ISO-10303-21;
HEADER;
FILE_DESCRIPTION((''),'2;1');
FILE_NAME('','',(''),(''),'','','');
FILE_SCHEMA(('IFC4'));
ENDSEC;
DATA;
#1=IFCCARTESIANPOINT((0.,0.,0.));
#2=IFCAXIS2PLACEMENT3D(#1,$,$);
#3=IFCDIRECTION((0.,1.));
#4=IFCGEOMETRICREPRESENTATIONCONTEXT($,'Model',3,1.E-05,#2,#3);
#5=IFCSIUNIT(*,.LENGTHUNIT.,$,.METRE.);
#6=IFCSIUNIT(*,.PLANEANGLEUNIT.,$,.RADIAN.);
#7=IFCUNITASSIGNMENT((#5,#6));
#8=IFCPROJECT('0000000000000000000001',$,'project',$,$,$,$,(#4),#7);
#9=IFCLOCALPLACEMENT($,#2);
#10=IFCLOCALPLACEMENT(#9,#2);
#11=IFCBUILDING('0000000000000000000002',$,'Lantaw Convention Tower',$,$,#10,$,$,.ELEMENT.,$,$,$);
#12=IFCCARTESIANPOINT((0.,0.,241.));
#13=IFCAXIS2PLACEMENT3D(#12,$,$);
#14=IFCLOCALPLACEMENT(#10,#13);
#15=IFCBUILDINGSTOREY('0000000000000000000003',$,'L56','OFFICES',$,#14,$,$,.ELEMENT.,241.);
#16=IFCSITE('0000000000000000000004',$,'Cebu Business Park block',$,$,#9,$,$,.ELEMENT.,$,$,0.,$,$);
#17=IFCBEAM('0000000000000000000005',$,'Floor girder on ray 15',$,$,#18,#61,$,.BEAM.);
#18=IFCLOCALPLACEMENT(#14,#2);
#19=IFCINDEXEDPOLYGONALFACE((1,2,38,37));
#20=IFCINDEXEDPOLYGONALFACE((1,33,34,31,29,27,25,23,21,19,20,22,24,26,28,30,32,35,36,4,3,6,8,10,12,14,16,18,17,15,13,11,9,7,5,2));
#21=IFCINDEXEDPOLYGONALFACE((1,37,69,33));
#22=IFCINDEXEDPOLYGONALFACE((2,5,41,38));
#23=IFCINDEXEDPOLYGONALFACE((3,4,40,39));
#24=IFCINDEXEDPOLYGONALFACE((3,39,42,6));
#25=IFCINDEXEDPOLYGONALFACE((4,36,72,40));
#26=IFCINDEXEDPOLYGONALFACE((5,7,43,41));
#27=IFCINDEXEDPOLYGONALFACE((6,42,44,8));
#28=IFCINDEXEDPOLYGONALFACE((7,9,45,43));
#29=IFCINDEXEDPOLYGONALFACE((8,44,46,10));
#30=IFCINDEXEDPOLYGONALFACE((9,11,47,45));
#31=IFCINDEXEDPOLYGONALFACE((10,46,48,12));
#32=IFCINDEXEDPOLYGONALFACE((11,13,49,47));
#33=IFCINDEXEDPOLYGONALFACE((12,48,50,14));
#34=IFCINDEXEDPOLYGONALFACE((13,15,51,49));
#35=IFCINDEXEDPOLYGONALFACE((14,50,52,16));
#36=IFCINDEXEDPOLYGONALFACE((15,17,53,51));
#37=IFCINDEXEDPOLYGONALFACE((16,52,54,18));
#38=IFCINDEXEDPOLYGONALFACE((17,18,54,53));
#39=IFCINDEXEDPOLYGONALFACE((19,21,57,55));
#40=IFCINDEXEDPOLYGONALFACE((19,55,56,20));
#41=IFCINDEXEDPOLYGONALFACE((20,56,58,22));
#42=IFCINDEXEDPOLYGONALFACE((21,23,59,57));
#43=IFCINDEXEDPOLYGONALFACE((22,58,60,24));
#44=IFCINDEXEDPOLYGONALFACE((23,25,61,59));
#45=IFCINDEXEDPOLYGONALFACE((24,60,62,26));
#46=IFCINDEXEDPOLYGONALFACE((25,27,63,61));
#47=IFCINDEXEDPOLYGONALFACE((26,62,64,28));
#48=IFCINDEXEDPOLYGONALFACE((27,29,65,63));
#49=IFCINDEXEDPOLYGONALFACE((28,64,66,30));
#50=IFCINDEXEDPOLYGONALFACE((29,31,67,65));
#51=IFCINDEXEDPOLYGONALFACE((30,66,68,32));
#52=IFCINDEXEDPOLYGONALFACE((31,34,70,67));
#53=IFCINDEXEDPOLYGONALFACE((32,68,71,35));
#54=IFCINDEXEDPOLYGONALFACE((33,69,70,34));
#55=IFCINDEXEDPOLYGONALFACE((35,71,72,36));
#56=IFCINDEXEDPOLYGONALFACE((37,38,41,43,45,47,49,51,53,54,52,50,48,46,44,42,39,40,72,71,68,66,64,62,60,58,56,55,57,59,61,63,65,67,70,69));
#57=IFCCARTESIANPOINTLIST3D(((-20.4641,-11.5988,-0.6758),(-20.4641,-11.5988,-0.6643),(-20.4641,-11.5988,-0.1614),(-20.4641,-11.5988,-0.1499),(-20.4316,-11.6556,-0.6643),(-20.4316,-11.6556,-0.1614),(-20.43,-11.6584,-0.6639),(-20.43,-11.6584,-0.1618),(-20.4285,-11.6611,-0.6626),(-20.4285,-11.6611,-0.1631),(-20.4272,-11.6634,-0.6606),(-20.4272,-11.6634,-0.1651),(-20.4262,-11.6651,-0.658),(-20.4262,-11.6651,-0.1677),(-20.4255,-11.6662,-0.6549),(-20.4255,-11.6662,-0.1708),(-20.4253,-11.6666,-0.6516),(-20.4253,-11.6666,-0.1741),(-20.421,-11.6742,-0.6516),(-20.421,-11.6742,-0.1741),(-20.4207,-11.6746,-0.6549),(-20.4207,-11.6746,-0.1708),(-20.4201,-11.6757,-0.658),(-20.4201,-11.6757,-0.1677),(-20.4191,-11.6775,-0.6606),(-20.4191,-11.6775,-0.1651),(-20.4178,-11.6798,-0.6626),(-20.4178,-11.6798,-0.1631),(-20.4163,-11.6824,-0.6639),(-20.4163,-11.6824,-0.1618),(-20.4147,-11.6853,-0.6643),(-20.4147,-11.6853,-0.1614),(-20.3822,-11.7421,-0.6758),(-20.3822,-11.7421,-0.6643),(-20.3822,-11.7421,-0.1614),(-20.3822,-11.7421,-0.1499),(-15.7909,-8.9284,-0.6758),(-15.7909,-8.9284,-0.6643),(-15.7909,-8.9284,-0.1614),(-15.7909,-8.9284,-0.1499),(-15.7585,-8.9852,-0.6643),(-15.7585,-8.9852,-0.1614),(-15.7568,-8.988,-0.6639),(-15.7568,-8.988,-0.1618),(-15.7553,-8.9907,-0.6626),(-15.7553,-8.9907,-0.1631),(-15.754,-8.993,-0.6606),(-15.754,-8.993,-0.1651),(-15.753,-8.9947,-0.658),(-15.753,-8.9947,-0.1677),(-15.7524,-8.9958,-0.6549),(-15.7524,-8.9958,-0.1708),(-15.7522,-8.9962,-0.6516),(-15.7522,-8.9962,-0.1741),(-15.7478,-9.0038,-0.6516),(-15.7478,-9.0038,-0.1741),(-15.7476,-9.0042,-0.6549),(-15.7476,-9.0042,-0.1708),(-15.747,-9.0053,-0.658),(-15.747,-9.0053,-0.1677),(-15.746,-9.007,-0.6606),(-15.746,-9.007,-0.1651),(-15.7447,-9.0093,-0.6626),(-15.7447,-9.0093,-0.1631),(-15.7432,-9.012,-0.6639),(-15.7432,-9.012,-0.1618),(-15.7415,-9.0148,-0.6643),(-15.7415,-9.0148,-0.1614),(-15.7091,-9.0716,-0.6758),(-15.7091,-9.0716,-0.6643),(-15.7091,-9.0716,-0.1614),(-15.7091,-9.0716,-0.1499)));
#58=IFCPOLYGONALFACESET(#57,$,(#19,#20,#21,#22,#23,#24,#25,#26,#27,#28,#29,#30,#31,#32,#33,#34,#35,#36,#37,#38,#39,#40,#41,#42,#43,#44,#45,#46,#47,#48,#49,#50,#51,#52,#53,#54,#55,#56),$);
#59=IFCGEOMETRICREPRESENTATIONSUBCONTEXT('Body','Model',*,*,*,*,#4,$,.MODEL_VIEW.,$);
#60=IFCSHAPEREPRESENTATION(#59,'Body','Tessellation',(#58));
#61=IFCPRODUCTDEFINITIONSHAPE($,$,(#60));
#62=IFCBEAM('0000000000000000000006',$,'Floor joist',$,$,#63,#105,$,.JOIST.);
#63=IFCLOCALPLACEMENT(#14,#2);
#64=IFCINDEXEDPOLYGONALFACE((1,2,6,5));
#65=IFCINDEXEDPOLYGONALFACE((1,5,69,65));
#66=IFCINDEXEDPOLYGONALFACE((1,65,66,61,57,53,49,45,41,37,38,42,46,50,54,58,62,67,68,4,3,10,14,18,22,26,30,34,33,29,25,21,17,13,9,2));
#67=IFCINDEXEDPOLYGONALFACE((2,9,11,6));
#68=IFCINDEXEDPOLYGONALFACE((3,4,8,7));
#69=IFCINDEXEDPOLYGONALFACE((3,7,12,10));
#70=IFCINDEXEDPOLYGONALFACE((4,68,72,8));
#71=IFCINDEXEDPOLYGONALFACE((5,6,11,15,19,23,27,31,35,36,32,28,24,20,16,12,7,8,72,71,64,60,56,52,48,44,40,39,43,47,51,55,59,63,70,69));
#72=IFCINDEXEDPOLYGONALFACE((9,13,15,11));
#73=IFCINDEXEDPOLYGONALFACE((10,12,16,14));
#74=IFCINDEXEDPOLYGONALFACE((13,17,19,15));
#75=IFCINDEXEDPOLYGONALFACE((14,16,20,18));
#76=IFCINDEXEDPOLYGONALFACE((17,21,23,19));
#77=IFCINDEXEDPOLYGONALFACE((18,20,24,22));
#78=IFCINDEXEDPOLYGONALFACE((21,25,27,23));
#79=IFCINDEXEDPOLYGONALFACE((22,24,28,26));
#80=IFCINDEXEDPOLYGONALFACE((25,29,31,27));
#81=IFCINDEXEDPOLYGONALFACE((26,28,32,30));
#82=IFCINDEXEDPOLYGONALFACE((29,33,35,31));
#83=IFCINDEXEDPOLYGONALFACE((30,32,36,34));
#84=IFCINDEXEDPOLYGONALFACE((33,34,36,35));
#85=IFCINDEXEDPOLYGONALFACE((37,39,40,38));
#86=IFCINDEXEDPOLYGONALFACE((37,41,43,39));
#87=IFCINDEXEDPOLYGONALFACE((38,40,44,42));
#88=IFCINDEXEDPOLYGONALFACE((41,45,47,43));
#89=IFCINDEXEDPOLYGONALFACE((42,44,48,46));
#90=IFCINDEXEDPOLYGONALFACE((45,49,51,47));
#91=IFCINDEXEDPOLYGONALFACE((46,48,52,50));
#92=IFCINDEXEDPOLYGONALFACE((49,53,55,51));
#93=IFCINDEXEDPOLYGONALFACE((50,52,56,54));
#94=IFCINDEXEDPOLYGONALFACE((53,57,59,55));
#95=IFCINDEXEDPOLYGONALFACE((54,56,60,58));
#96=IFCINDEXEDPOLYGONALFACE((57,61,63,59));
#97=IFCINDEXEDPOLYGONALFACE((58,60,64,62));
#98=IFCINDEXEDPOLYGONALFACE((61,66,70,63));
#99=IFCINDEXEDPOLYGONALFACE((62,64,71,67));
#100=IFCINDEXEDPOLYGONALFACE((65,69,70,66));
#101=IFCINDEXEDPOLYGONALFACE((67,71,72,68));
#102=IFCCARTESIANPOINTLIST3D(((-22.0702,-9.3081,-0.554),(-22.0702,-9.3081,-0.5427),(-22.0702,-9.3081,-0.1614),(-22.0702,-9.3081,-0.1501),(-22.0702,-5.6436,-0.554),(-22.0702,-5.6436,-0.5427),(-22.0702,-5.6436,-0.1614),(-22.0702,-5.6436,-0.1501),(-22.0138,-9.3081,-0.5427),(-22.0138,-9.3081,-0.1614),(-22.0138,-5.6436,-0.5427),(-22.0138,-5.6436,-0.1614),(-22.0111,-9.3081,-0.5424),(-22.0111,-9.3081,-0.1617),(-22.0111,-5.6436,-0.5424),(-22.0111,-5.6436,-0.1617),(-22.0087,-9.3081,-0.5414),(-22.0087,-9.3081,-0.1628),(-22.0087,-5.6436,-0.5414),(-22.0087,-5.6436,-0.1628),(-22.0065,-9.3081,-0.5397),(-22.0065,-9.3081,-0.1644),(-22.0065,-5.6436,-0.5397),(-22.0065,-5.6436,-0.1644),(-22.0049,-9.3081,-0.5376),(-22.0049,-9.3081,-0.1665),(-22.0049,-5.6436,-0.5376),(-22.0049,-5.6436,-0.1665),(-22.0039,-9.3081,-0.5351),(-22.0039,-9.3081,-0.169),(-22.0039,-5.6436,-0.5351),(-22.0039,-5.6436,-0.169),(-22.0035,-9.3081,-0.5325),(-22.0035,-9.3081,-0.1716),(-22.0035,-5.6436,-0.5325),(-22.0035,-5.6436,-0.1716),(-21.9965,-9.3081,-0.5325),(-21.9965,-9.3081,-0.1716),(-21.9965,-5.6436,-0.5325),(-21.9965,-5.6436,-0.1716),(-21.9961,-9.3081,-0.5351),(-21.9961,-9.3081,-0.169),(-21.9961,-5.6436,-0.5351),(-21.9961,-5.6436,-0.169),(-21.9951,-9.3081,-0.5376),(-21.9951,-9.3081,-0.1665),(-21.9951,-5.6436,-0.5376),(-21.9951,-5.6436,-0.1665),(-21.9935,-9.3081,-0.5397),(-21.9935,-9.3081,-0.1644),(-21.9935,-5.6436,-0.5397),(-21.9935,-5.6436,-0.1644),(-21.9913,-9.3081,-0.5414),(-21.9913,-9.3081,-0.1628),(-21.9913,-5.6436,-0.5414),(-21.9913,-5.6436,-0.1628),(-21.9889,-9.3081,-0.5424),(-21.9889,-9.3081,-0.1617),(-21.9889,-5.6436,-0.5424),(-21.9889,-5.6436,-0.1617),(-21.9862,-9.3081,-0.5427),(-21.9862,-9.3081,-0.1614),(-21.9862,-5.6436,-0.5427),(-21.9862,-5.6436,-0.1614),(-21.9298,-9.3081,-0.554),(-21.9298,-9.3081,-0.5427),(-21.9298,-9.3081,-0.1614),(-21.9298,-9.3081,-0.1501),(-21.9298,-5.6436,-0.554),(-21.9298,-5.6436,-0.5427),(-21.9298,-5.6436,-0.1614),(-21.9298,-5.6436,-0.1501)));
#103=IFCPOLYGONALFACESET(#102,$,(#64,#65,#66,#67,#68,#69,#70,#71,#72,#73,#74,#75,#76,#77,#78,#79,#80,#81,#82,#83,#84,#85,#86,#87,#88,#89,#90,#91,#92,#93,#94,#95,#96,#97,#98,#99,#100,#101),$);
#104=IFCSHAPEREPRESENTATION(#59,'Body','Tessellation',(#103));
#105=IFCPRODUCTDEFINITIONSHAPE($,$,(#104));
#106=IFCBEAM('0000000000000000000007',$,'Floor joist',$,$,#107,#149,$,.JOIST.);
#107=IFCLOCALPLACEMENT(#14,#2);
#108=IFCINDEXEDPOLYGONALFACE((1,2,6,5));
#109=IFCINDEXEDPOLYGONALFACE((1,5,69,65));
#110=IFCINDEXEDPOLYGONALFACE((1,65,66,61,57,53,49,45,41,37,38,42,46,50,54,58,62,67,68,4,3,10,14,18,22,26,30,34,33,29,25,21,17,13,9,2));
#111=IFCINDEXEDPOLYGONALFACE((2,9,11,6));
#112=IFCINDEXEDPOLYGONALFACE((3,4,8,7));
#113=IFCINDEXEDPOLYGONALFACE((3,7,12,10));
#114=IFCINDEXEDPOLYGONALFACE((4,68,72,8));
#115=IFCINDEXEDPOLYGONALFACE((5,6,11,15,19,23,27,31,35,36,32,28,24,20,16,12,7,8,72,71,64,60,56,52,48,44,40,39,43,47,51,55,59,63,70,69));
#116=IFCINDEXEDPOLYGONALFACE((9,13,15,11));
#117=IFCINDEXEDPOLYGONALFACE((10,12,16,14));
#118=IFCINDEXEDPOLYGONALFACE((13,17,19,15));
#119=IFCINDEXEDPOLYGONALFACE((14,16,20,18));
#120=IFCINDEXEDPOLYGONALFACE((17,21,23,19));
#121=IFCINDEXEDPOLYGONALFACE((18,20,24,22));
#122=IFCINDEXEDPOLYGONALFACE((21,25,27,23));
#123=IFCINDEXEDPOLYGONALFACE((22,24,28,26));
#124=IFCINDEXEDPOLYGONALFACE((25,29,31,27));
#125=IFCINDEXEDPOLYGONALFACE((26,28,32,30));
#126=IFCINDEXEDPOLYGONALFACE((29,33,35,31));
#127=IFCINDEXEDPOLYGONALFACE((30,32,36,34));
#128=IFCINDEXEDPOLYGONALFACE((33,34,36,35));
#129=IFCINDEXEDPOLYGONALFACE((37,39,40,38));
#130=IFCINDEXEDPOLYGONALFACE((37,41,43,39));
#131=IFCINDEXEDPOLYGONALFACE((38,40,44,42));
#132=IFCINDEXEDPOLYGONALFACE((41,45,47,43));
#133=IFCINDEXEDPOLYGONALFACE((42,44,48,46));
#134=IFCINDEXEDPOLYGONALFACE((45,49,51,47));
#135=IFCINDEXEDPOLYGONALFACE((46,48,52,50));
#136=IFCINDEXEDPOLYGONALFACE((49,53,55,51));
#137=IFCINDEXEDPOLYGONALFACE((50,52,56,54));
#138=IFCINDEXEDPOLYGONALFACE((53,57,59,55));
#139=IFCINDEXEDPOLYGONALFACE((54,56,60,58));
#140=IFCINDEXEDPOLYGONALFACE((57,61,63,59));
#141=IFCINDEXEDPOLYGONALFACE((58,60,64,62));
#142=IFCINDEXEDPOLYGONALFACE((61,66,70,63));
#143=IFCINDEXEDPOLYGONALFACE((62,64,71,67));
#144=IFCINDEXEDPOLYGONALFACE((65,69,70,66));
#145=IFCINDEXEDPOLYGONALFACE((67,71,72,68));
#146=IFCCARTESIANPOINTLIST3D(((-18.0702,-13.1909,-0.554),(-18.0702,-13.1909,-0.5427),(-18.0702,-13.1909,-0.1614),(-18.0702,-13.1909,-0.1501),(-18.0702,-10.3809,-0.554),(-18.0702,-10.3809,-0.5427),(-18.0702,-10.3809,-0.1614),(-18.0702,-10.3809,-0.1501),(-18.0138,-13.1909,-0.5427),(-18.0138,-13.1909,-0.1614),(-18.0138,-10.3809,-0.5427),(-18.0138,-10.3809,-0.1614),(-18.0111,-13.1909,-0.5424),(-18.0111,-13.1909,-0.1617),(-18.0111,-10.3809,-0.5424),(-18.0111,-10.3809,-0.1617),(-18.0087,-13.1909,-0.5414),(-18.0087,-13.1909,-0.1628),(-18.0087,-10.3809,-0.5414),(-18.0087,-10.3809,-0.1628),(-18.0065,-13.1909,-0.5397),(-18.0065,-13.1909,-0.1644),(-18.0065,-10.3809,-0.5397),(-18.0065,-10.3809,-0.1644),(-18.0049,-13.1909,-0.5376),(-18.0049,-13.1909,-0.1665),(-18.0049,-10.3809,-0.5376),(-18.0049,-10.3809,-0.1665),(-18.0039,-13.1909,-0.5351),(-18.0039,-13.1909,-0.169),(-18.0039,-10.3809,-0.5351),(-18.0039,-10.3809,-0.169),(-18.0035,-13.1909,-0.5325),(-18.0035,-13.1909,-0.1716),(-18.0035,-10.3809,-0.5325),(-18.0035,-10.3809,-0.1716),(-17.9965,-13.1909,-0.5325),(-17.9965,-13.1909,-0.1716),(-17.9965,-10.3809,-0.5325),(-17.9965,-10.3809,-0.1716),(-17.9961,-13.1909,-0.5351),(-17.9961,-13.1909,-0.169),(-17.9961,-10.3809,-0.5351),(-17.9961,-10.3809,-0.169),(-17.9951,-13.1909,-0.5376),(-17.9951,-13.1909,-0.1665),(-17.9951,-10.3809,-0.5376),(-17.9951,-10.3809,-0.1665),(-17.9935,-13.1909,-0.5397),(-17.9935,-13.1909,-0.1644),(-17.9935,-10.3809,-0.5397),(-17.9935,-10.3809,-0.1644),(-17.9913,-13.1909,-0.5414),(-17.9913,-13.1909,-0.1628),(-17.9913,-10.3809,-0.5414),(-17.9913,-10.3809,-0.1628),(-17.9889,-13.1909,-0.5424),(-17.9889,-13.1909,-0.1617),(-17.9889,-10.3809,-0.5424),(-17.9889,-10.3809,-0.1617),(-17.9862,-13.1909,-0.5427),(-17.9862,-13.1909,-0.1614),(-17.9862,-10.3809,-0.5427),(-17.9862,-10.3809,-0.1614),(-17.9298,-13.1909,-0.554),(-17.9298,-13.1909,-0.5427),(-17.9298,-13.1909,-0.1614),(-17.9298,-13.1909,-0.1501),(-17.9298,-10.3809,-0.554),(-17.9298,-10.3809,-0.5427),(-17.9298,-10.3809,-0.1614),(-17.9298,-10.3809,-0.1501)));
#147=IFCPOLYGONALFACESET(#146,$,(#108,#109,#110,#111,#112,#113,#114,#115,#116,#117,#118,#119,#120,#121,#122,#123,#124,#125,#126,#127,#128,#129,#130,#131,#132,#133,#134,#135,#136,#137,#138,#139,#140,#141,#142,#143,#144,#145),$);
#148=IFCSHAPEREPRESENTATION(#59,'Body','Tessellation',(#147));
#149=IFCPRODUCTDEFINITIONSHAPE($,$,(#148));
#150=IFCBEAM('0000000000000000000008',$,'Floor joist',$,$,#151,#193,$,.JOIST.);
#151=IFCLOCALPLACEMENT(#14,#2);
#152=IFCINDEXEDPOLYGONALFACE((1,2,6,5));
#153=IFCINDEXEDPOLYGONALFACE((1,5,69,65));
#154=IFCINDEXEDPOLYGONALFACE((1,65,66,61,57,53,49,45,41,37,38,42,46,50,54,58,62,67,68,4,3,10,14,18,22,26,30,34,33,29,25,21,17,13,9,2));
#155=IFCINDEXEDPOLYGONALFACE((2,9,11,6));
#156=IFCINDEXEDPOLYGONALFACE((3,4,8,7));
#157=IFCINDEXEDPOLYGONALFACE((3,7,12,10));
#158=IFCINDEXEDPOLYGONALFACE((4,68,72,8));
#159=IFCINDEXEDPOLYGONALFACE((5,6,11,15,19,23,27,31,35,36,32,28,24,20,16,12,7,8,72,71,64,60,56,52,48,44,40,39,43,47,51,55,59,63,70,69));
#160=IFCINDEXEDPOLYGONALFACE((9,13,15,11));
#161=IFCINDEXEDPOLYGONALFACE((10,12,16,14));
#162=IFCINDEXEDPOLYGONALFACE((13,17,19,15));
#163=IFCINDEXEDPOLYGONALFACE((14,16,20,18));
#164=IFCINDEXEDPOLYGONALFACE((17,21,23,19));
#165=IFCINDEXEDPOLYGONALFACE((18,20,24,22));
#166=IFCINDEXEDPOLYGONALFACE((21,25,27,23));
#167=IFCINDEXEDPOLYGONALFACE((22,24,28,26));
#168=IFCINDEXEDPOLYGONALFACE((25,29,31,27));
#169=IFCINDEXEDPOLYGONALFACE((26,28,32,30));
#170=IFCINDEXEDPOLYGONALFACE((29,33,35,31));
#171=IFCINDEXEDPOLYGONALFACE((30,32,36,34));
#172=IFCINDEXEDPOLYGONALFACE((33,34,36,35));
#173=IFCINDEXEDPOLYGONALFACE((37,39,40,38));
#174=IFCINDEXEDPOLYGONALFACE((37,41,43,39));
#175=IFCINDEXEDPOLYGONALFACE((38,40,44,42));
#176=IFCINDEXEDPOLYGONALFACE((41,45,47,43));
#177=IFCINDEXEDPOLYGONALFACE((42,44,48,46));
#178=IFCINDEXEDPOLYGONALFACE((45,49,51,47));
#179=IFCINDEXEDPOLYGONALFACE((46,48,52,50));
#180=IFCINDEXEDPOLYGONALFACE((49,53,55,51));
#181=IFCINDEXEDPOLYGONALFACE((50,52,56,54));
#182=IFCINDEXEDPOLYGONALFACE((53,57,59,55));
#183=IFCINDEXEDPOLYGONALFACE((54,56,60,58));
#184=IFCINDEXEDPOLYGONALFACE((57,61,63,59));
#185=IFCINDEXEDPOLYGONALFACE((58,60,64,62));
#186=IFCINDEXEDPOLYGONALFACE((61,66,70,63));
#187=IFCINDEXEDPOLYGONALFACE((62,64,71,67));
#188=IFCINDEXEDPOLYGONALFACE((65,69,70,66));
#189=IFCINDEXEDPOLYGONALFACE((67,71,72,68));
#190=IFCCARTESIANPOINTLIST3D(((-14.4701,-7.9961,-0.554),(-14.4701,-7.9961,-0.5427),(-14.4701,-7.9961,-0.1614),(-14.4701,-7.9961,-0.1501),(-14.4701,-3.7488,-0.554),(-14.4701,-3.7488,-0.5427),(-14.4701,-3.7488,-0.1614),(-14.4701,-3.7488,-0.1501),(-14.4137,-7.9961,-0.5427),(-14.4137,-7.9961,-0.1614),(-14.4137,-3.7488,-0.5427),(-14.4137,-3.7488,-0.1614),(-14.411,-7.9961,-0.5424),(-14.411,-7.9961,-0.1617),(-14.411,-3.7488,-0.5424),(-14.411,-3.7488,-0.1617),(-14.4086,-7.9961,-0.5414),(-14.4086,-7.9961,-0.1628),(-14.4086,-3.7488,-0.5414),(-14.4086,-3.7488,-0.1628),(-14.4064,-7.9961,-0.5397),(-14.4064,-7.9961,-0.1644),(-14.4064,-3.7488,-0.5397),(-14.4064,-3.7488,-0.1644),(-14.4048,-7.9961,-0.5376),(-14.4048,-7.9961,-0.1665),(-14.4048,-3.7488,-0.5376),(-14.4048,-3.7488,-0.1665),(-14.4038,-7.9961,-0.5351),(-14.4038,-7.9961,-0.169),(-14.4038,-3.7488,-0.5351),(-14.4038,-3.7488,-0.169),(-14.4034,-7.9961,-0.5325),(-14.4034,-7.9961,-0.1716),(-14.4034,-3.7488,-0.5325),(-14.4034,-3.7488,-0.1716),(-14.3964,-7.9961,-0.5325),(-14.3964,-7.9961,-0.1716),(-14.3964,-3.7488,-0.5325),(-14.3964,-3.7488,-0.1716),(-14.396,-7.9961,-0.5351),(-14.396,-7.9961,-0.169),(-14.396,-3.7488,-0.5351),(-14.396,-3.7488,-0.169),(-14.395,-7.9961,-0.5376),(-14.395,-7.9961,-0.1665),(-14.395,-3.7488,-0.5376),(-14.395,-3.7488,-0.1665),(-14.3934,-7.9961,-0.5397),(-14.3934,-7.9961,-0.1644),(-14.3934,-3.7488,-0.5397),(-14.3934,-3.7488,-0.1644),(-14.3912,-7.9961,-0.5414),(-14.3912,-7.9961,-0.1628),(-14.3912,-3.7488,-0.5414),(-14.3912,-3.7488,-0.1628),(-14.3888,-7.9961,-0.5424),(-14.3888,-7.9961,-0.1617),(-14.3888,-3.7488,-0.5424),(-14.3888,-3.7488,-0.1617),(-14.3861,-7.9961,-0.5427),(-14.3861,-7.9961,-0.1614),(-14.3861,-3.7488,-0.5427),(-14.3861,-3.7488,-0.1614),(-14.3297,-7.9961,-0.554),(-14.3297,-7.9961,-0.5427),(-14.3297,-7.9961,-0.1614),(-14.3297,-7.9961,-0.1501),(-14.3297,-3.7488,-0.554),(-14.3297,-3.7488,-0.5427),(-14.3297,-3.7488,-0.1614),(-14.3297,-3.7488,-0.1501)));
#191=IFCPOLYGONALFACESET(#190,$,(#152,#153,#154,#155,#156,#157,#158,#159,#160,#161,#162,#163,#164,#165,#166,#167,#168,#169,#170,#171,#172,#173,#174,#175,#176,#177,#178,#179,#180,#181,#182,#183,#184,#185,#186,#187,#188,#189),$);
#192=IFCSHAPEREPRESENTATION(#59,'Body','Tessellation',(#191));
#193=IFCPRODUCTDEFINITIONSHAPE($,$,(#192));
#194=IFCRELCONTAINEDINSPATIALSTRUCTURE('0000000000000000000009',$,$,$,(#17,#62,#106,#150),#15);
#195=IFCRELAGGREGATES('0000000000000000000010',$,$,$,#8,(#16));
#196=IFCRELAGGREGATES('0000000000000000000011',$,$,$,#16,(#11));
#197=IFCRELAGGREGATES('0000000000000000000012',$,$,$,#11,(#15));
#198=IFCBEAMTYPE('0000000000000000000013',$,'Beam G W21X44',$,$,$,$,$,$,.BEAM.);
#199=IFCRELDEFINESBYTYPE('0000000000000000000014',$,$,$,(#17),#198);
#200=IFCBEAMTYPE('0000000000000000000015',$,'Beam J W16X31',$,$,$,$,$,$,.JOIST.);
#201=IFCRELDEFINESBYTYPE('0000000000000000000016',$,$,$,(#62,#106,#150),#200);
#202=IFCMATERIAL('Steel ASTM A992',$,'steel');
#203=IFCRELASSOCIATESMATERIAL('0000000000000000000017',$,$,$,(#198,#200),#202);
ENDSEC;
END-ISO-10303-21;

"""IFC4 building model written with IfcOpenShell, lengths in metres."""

from ifc_helpers import new_model, si_unit, direction, frame, origin, origin_2d, place, context, subcontext, project, spatial, i_section, extrude, material, material_profile, profile_set, type_object, element, save


model = new_model("IFC4")

# Units and contexts
model_context = context("Model", 3, precision=1e-05, world=origin(), true_north=direction((0.0, 1.0)))
body_context = subcontext(model_context, "Body", "Model", "MODEL_VIEW")
ifc_project = project(units=[si_unit("LENGTHUNIT", "METRE"), si_unit("PLANEANGLEUNIT", "RADIAN")], contexts=[model_context])

# Site, building, storey
site_placement = place(None, origin())
site = spatial("IfcSite", under=ifc_project, at=site_placement, Name="Cebu Business Park block", CompositionType="ELEMENT", RefElevation=0.0)
building_placement = place(site_placement, origin())
building = spatial("IfcBuilding", under=site, at=building_placement, Name="Lantaw Convention Tower", CompositionType="ELEMENT")
storey_placement = place(building_placement, frame((0.0, 0.0, 241.0)))
storey = spatial("IfcBuildingStorey", under=building, at=storey_placement, Name="L56", Description="OFFICES", CompositionType="ELEMENT", Elevation=241.0)

# Beams
ifc_material_1 = material(Name="Steel ASTM A992", Category="steel")
ifc_material_profile_1 = material_profile(ifc_material_1, i_section(OverallWidth=0.165, OverallDepth=0.5259, WebThickness=0.0088, FlangeThickness=0.0115, FilletRadius=0.0127, at=origin_2d()), Name="W21X44")
ifc_profile_set_1 = profile_set([ifc_material_profile_1], Name="Steel ASTM A992")
beam_type_1 = type_object("IfcBeamType", Name="Beam G W21X44", PredefinedType="BEAM", material=ifc_profile_set_1)
beam_1_placement = place(storey_placement, frame((-15.75, -9.0, -0.4128), z_axis=(-0.868238, -0.496149, 0.0), x_axis=(0.496149, -0.868238, 0.0)))
element("IfcBeam", 1, at=beam_1_placement, inside=storey, type_object=beam_type_1, Name="Floor girder on ray 15", PredefinedType="BEAM", context=body_context, shape_type="SweptSolid", body=[
    extrude(i_section(OverallWidth=0.165, OverallDepth=0.5259, WebThickness=0.0088, FlangeThickness=0.0115, FilletRadius=0.0127, at=origin_2d()), origin(), (0.0, 0.0, 1.0), 5.3823),
])
ifc_material_profile_2 = material_profile(ifc_material_1, i_section(OverallWidth=0.1404, OverallDepth=0.4038, WebThickness=0.0071, FlangeThickness=0.0112, FilletRadius=0.0103, at=origin_2d()), Name="W16X31")
ifc_profile_set_2 = profile_set([ifc_material_profile_2], Name="Steel ASTM A992")
beam_type_2 = type_object("IfcBeamType", Name="Beam J W16X31", PredefinedType="JOIST", material=ifc_profile_set_2)
beam_2_placement = place(storey_placement, frame((-22.0, -9.3081, -0.3521), z_axis=(0.0, 1.0, 0.0), x_axis=(-1.0, 0.0, 0.0)))
element("IfcBeam", 2, at=beam_2_placement, inside=storey, type_object=beam_type_2, Name="Floor joist", PredefinedType="JOIST", context=body_context, shape_type="SweptSolid", body=[
    extrude(i_section(OverallWidth=0.1404, OverallDepth=0.4038, WebThickness=0.0071, FlangeThickness=0.0112, FilletRadius=0.0103, at=origin_2d()), origin(), (0.0, 0.0, 1.0), 3.6646),
])
beam_3_placement = place(storey_placement, frame((-18.0, -13.1909, -0.3521), z_axis=(0.0, 1.0, 0.0), x_axis=(-1.0, 0.0, 0.0)))
element("IfcBeam", 3, at=beam_3_placement, inside=storey, type_object=beam_type_2, Name="Floor joist", PredefinedType="JOIST", context=body_context, shape_type="SweptSolid", body=[
    extrude(i_section(OverallWidth=0.1404, OverallDepth=0.4038, WebThickness=0.0071, FlangeThickness=0.0112, FilletRadius=0.0103, at=origin_2d()), origin(), (0.0, 0.0, 1.0), 2.8101),
])
beam_4_placement = place(storey_placement, frame((-14.3999, -7.9961, -0.3521), z_axis=(0.0, 1.0, 0.0), x_axis=(-1.0, 0.0, 0.0)))
element("IfcBeam", 4, at=beam_4_placement, inside=storey, type_object=beam_type_2, Name="Floor joist", PredefinedType="JOIST", context=body_context, shape_type="SweptSolid", body=[
    extrude(i_section(OverallWidth=0.1404, OverallDepth=0.4038, WebThickness=0.0071, FlangeThickness=0.0112, FilletRadius=0.0103, at=origin_2d()), origin(), (0.0, 0.0, 1.0), 4.2473),
])

save(model, "model.ifc")
